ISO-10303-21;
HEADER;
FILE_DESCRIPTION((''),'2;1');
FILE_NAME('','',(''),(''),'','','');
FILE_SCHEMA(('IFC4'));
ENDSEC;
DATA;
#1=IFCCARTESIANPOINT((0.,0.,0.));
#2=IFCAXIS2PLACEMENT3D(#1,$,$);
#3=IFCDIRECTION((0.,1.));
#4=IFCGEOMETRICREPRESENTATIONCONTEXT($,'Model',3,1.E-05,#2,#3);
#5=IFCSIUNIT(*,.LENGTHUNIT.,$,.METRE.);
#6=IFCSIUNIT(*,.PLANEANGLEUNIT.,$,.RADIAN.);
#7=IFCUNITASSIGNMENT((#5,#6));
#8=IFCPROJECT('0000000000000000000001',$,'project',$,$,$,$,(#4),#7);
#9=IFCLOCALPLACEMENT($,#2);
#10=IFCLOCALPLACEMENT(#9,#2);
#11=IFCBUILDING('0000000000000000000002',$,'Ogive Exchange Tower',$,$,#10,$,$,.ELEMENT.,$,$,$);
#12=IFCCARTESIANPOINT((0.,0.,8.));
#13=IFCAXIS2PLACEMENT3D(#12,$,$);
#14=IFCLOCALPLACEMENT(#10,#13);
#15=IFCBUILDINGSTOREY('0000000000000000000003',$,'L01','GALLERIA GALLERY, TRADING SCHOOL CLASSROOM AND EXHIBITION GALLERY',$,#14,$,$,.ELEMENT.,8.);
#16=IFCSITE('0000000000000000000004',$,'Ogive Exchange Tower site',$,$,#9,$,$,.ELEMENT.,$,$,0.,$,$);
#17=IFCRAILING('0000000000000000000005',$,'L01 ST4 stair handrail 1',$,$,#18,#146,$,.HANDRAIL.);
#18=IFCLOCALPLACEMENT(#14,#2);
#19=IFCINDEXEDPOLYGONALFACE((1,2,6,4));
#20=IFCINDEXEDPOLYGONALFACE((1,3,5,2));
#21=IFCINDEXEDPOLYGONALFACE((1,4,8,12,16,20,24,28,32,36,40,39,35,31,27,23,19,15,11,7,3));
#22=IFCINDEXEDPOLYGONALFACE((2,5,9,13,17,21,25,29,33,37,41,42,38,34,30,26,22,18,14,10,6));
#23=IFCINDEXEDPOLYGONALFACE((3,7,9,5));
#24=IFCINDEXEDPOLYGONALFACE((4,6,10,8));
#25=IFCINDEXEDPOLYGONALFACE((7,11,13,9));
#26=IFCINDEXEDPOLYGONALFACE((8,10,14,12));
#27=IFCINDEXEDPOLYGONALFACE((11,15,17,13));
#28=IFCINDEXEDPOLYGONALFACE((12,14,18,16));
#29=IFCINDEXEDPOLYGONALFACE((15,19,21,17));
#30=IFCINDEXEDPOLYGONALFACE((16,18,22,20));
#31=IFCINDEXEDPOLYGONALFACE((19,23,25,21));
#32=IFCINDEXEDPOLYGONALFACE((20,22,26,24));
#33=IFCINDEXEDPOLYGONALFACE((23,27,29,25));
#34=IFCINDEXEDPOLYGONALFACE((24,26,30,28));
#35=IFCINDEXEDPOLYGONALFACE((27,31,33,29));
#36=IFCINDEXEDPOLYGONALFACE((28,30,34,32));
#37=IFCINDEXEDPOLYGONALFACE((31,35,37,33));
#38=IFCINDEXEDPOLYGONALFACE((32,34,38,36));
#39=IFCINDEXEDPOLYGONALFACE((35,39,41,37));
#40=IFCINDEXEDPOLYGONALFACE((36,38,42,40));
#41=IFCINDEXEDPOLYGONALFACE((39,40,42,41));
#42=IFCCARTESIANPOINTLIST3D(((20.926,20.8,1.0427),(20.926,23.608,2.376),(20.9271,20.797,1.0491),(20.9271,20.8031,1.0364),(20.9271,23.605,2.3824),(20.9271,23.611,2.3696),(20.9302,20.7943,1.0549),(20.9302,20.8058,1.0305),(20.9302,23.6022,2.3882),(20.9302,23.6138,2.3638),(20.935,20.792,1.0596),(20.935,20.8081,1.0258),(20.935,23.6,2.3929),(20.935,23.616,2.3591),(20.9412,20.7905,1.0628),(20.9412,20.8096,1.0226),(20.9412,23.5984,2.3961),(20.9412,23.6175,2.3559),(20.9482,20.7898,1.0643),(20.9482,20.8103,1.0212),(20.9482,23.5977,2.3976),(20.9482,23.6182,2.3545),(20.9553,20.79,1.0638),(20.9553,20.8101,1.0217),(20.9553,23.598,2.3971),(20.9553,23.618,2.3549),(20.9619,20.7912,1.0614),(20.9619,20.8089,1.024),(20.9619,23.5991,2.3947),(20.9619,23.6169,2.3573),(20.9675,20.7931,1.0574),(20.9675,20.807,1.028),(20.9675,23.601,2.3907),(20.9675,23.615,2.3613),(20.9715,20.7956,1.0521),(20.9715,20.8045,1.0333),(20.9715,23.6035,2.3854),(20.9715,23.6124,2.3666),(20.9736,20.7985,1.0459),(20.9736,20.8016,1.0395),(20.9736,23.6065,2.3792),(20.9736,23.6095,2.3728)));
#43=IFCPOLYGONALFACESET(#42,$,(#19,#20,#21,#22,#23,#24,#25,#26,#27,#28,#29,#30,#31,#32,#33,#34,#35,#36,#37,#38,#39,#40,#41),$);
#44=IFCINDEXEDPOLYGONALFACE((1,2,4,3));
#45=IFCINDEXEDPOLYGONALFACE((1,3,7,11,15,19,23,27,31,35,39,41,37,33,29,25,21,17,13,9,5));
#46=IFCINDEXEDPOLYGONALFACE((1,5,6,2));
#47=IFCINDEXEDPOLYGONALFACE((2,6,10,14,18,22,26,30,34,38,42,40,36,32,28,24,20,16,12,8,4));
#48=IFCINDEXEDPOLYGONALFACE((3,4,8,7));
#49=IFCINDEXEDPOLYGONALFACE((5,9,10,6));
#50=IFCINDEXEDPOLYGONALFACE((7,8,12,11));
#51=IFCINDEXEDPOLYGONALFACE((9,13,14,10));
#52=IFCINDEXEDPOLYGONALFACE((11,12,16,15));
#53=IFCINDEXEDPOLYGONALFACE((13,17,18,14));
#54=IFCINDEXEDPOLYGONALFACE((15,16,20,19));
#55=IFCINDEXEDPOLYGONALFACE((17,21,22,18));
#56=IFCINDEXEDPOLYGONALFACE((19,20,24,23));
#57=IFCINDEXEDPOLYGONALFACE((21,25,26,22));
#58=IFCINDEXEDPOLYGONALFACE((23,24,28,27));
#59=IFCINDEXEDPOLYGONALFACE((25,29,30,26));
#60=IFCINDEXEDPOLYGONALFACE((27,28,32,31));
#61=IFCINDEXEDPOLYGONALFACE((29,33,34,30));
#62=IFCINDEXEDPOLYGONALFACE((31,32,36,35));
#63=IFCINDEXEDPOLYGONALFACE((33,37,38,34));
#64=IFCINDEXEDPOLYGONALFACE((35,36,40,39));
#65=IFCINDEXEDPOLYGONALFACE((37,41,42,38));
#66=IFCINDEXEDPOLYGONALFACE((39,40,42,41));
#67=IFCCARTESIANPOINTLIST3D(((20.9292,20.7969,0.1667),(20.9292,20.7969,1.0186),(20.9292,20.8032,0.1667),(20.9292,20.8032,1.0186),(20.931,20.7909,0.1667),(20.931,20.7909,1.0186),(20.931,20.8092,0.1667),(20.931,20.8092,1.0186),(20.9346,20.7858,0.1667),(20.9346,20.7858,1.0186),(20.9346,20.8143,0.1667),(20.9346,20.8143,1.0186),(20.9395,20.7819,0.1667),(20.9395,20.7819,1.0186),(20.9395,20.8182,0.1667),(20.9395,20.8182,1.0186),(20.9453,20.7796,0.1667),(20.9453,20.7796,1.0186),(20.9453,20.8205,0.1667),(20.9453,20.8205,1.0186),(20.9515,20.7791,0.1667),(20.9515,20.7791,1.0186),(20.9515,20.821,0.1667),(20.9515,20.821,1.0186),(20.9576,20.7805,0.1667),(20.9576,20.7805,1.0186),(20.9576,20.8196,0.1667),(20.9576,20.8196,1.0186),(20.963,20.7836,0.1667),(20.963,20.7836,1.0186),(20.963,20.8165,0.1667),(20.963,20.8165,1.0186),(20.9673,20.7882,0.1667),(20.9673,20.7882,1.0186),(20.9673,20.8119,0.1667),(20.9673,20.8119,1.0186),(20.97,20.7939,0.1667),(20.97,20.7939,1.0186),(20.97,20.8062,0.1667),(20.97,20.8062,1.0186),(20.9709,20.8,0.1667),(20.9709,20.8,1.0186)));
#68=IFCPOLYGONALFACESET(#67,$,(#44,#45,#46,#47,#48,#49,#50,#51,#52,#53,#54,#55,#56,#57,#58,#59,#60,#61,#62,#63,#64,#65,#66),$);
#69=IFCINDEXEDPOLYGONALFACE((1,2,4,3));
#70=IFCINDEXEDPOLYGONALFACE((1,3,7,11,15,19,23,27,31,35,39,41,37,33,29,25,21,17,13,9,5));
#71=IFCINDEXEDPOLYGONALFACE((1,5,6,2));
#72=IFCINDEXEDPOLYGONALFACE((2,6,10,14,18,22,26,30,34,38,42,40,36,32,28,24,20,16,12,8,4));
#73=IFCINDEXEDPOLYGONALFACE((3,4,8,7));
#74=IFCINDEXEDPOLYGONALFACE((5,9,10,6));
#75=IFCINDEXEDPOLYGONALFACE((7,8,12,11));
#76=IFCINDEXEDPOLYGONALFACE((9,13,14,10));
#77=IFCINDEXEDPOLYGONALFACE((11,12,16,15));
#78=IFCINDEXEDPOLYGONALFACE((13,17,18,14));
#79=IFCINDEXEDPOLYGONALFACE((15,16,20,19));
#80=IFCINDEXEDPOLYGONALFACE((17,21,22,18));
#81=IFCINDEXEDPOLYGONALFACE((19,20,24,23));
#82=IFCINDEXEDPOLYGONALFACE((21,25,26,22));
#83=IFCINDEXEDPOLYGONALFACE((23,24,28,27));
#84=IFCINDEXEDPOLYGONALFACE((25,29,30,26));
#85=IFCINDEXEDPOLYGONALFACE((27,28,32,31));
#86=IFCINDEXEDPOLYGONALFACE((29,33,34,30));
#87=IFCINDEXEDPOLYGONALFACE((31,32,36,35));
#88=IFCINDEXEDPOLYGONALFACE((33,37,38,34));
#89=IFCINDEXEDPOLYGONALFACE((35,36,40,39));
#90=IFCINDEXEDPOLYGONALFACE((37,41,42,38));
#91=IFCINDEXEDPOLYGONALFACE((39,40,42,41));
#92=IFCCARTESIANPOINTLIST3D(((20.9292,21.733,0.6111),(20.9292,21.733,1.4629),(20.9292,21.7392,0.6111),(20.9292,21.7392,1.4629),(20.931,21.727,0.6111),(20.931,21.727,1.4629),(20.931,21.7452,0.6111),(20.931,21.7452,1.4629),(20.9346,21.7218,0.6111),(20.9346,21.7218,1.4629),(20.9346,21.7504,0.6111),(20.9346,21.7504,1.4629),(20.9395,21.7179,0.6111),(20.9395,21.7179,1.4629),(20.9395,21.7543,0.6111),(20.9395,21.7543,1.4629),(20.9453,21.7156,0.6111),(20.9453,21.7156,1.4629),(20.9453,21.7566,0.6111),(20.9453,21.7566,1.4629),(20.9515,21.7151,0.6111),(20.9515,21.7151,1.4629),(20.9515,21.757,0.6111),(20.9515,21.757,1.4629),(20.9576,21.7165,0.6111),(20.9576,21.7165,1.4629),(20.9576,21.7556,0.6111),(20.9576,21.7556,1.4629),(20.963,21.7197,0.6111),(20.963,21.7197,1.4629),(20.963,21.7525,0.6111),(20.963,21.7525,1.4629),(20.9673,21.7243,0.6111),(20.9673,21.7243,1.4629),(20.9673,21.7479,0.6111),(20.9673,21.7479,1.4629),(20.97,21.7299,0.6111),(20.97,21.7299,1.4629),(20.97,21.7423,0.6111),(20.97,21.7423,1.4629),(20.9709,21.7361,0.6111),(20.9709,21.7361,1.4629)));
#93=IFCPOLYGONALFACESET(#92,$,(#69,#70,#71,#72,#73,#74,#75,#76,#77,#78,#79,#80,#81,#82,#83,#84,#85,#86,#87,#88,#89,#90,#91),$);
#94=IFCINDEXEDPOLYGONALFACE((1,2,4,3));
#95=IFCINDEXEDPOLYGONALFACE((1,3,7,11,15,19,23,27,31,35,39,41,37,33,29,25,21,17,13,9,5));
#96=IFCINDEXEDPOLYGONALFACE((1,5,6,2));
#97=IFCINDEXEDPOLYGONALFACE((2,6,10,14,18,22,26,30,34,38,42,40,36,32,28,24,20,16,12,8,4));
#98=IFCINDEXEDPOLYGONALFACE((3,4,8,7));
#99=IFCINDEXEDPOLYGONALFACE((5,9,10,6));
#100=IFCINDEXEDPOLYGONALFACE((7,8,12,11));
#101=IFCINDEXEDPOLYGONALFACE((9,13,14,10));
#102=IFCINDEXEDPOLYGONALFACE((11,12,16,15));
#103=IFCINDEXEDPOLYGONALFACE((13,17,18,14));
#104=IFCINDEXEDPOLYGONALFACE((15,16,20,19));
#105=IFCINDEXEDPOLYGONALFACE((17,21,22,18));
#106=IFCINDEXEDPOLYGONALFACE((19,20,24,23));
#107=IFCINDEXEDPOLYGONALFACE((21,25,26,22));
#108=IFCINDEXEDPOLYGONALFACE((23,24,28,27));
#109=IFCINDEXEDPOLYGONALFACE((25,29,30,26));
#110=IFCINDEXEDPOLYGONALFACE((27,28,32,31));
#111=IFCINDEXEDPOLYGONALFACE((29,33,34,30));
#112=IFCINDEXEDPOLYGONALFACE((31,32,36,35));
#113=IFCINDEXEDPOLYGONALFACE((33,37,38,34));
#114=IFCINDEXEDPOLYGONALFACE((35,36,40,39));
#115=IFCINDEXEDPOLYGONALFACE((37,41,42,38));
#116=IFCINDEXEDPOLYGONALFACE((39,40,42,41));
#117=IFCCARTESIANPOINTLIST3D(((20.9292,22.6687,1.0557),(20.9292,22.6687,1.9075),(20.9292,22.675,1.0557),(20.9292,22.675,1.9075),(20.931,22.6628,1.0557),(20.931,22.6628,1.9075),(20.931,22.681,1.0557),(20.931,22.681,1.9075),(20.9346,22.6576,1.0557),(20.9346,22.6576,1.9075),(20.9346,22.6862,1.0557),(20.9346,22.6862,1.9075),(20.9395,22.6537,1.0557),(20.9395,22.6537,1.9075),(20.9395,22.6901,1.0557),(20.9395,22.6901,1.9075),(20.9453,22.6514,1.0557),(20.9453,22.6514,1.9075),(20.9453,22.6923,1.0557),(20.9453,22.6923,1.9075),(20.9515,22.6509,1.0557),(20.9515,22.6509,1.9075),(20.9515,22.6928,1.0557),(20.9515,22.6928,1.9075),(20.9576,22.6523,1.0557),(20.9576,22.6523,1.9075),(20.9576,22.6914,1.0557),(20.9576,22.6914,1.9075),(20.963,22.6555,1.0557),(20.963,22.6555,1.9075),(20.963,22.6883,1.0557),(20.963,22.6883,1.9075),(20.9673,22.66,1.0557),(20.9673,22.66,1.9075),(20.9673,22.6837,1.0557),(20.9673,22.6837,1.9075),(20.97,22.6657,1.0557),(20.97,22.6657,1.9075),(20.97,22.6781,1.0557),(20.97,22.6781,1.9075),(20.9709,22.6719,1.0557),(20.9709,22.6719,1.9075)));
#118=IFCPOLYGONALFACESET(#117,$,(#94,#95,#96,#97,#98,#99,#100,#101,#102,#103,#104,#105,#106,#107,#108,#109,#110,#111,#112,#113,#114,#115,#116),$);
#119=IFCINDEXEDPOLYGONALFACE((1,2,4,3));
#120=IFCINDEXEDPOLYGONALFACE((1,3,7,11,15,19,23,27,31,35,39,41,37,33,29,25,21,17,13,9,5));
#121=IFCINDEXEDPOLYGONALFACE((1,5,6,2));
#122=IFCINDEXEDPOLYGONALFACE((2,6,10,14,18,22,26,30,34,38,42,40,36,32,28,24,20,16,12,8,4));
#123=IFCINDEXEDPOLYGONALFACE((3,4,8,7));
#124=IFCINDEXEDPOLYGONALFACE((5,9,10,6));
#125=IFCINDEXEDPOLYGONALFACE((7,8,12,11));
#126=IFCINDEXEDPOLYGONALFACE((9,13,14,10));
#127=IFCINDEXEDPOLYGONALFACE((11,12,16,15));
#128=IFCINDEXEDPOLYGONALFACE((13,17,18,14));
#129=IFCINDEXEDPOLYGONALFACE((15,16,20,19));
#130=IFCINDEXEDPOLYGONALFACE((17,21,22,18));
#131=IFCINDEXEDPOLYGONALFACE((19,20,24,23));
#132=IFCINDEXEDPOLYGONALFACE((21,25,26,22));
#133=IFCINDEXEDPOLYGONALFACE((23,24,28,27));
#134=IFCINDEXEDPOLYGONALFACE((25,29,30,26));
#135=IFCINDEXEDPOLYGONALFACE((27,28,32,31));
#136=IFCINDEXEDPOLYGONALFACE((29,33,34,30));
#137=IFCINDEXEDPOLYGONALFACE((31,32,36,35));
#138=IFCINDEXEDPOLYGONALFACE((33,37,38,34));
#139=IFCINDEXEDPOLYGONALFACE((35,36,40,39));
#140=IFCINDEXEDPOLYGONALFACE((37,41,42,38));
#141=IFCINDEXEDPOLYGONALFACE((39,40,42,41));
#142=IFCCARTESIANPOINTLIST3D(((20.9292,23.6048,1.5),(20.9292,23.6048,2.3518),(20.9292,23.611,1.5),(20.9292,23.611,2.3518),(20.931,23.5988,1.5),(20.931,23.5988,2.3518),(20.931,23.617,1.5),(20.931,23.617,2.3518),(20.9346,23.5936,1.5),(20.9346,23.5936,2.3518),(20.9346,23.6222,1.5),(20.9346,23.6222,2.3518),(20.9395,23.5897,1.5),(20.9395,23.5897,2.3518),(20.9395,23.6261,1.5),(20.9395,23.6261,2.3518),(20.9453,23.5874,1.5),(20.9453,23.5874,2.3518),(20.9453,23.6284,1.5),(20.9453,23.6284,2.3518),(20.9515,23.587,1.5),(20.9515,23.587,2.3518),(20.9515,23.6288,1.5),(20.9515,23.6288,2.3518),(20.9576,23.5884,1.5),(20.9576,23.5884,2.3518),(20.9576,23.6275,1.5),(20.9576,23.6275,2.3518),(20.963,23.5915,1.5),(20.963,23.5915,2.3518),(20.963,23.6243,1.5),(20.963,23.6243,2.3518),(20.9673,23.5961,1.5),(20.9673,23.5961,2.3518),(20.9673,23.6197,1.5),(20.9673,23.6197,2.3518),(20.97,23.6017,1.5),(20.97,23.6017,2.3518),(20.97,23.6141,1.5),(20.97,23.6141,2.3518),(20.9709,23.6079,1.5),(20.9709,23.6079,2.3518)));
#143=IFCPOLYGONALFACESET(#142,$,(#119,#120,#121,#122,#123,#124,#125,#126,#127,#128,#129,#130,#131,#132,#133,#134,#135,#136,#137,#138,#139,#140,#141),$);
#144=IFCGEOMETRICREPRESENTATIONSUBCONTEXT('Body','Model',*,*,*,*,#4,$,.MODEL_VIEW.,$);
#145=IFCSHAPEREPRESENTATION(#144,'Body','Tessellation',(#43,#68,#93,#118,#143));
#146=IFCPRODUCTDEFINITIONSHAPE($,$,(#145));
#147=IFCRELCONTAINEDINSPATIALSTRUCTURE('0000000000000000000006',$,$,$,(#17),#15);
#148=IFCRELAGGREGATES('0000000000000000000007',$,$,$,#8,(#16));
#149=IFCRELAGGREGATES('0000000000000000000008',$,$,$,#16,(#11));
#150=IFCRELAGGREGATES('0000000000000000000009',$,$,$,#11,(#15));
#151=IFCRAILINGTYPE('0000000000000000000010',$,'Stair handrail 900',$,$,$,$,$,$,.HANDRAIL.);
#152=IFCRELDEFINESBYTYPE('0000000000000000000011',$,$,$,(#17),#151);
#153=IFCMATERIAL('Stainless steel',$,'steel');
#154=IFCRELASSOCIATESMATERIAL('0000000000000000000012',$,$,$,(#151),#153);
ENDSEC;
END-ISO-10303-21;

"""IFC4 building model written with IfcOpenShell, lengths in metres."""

from ifc_helpers import new_model, si_unit, direction, frame, origin, origin_2d, place, context, subcontext, project, spatial, circle, extrude, material, type_object, element, save


model = new_model("IFC4")

# Units and contexts
model_context = context("Model", 3, precision=1e-05, world=origin(), true_north=direction((0.0, 1.0)))
body_context = subcontext(model_context, "Body", "Model", "MODEL_VIEW")
ifc_project = project(units=[si_unit("LENGTHUNIT", "METRE"), si_unit("PLANEANGLEUNIT", "RADIAN")], contexts=[model_context])

# Site, building, storey
site_placement = place(None, origin())
site = spatial("IfcSite", under=ifc_project, at=site_placement, Name="Ogive Exchange Tower site", CompositionType="ELEMENT", RefElevation=0.0)
building_placement = place(site_placement, origin())
building = spatial("IfcBuilding", under=site, at=building_placement, Name="Ogive Exchange Tower", CompositionType="ELEMENT")
storey_placement = place(building_placement, frame((0.0, 0.0, 8.0)))
storey = spatial("IfcBuildingStorey", under=building, at=storey_placement, Name="L01", Description="GALLERIA GALLERY, TRADING SCHOOL CLASSROOM AND EXHIBITION GALLERY", CompositionType="ELEMENT", Elevation=8.0)

# Railing
ifc_material_1 = material(Name="Stainless steel", Category="steel")
railing_type = type_object("IfcRailingType", Name="Stair handrail 900", PredefinedType="HANDRAIL", material=ifc_material_1)
railing_1_placement = place(storey_placement, frame((20.95, 20.8, 0.1667)))
element("IfcRailing", 1, at=railing_1_placement, inside=storey, type_object=railing_type, Name="L01 ST4 stair handrail 1", PredefinedType="HANDRAIL", context=body_context, shape_type="SweptSolid", body=[
    extrude(circle(Radius=0.0239, at=origin_2d()), frame((0.0, 0.0, 0.876), z_axis=(0.0, 0.903338, 0.42893), x_axis=(-1.0, 0.0, 0.0)), (0.0, 0.0, 1.0), 3.1084),
    extrude(circle(Radius=0.021, at=origin_2d()), origin(), (0.0, 0.0, 1.0), 0.8518),
    extrude(circle(Radius=0.021, at=origin_2d()), frame((0.0, 0.936, 0.4443)), (0.0, 0.0, 1.0), 0.8518),
    extrude(circle(Radius=0.021, at=origin_2d()), frame((0.0, 1.8718, 0.8889)), (0.0, 0.0, 1.0), 0.8518),
    extrude(circle(Radius=0.021, at=origin_2d()), frame((0.0, 2.8079, 1.3333)), (0.0, 0.0, 1.0), 0.8518),
])

save(model, "model.ifc")
